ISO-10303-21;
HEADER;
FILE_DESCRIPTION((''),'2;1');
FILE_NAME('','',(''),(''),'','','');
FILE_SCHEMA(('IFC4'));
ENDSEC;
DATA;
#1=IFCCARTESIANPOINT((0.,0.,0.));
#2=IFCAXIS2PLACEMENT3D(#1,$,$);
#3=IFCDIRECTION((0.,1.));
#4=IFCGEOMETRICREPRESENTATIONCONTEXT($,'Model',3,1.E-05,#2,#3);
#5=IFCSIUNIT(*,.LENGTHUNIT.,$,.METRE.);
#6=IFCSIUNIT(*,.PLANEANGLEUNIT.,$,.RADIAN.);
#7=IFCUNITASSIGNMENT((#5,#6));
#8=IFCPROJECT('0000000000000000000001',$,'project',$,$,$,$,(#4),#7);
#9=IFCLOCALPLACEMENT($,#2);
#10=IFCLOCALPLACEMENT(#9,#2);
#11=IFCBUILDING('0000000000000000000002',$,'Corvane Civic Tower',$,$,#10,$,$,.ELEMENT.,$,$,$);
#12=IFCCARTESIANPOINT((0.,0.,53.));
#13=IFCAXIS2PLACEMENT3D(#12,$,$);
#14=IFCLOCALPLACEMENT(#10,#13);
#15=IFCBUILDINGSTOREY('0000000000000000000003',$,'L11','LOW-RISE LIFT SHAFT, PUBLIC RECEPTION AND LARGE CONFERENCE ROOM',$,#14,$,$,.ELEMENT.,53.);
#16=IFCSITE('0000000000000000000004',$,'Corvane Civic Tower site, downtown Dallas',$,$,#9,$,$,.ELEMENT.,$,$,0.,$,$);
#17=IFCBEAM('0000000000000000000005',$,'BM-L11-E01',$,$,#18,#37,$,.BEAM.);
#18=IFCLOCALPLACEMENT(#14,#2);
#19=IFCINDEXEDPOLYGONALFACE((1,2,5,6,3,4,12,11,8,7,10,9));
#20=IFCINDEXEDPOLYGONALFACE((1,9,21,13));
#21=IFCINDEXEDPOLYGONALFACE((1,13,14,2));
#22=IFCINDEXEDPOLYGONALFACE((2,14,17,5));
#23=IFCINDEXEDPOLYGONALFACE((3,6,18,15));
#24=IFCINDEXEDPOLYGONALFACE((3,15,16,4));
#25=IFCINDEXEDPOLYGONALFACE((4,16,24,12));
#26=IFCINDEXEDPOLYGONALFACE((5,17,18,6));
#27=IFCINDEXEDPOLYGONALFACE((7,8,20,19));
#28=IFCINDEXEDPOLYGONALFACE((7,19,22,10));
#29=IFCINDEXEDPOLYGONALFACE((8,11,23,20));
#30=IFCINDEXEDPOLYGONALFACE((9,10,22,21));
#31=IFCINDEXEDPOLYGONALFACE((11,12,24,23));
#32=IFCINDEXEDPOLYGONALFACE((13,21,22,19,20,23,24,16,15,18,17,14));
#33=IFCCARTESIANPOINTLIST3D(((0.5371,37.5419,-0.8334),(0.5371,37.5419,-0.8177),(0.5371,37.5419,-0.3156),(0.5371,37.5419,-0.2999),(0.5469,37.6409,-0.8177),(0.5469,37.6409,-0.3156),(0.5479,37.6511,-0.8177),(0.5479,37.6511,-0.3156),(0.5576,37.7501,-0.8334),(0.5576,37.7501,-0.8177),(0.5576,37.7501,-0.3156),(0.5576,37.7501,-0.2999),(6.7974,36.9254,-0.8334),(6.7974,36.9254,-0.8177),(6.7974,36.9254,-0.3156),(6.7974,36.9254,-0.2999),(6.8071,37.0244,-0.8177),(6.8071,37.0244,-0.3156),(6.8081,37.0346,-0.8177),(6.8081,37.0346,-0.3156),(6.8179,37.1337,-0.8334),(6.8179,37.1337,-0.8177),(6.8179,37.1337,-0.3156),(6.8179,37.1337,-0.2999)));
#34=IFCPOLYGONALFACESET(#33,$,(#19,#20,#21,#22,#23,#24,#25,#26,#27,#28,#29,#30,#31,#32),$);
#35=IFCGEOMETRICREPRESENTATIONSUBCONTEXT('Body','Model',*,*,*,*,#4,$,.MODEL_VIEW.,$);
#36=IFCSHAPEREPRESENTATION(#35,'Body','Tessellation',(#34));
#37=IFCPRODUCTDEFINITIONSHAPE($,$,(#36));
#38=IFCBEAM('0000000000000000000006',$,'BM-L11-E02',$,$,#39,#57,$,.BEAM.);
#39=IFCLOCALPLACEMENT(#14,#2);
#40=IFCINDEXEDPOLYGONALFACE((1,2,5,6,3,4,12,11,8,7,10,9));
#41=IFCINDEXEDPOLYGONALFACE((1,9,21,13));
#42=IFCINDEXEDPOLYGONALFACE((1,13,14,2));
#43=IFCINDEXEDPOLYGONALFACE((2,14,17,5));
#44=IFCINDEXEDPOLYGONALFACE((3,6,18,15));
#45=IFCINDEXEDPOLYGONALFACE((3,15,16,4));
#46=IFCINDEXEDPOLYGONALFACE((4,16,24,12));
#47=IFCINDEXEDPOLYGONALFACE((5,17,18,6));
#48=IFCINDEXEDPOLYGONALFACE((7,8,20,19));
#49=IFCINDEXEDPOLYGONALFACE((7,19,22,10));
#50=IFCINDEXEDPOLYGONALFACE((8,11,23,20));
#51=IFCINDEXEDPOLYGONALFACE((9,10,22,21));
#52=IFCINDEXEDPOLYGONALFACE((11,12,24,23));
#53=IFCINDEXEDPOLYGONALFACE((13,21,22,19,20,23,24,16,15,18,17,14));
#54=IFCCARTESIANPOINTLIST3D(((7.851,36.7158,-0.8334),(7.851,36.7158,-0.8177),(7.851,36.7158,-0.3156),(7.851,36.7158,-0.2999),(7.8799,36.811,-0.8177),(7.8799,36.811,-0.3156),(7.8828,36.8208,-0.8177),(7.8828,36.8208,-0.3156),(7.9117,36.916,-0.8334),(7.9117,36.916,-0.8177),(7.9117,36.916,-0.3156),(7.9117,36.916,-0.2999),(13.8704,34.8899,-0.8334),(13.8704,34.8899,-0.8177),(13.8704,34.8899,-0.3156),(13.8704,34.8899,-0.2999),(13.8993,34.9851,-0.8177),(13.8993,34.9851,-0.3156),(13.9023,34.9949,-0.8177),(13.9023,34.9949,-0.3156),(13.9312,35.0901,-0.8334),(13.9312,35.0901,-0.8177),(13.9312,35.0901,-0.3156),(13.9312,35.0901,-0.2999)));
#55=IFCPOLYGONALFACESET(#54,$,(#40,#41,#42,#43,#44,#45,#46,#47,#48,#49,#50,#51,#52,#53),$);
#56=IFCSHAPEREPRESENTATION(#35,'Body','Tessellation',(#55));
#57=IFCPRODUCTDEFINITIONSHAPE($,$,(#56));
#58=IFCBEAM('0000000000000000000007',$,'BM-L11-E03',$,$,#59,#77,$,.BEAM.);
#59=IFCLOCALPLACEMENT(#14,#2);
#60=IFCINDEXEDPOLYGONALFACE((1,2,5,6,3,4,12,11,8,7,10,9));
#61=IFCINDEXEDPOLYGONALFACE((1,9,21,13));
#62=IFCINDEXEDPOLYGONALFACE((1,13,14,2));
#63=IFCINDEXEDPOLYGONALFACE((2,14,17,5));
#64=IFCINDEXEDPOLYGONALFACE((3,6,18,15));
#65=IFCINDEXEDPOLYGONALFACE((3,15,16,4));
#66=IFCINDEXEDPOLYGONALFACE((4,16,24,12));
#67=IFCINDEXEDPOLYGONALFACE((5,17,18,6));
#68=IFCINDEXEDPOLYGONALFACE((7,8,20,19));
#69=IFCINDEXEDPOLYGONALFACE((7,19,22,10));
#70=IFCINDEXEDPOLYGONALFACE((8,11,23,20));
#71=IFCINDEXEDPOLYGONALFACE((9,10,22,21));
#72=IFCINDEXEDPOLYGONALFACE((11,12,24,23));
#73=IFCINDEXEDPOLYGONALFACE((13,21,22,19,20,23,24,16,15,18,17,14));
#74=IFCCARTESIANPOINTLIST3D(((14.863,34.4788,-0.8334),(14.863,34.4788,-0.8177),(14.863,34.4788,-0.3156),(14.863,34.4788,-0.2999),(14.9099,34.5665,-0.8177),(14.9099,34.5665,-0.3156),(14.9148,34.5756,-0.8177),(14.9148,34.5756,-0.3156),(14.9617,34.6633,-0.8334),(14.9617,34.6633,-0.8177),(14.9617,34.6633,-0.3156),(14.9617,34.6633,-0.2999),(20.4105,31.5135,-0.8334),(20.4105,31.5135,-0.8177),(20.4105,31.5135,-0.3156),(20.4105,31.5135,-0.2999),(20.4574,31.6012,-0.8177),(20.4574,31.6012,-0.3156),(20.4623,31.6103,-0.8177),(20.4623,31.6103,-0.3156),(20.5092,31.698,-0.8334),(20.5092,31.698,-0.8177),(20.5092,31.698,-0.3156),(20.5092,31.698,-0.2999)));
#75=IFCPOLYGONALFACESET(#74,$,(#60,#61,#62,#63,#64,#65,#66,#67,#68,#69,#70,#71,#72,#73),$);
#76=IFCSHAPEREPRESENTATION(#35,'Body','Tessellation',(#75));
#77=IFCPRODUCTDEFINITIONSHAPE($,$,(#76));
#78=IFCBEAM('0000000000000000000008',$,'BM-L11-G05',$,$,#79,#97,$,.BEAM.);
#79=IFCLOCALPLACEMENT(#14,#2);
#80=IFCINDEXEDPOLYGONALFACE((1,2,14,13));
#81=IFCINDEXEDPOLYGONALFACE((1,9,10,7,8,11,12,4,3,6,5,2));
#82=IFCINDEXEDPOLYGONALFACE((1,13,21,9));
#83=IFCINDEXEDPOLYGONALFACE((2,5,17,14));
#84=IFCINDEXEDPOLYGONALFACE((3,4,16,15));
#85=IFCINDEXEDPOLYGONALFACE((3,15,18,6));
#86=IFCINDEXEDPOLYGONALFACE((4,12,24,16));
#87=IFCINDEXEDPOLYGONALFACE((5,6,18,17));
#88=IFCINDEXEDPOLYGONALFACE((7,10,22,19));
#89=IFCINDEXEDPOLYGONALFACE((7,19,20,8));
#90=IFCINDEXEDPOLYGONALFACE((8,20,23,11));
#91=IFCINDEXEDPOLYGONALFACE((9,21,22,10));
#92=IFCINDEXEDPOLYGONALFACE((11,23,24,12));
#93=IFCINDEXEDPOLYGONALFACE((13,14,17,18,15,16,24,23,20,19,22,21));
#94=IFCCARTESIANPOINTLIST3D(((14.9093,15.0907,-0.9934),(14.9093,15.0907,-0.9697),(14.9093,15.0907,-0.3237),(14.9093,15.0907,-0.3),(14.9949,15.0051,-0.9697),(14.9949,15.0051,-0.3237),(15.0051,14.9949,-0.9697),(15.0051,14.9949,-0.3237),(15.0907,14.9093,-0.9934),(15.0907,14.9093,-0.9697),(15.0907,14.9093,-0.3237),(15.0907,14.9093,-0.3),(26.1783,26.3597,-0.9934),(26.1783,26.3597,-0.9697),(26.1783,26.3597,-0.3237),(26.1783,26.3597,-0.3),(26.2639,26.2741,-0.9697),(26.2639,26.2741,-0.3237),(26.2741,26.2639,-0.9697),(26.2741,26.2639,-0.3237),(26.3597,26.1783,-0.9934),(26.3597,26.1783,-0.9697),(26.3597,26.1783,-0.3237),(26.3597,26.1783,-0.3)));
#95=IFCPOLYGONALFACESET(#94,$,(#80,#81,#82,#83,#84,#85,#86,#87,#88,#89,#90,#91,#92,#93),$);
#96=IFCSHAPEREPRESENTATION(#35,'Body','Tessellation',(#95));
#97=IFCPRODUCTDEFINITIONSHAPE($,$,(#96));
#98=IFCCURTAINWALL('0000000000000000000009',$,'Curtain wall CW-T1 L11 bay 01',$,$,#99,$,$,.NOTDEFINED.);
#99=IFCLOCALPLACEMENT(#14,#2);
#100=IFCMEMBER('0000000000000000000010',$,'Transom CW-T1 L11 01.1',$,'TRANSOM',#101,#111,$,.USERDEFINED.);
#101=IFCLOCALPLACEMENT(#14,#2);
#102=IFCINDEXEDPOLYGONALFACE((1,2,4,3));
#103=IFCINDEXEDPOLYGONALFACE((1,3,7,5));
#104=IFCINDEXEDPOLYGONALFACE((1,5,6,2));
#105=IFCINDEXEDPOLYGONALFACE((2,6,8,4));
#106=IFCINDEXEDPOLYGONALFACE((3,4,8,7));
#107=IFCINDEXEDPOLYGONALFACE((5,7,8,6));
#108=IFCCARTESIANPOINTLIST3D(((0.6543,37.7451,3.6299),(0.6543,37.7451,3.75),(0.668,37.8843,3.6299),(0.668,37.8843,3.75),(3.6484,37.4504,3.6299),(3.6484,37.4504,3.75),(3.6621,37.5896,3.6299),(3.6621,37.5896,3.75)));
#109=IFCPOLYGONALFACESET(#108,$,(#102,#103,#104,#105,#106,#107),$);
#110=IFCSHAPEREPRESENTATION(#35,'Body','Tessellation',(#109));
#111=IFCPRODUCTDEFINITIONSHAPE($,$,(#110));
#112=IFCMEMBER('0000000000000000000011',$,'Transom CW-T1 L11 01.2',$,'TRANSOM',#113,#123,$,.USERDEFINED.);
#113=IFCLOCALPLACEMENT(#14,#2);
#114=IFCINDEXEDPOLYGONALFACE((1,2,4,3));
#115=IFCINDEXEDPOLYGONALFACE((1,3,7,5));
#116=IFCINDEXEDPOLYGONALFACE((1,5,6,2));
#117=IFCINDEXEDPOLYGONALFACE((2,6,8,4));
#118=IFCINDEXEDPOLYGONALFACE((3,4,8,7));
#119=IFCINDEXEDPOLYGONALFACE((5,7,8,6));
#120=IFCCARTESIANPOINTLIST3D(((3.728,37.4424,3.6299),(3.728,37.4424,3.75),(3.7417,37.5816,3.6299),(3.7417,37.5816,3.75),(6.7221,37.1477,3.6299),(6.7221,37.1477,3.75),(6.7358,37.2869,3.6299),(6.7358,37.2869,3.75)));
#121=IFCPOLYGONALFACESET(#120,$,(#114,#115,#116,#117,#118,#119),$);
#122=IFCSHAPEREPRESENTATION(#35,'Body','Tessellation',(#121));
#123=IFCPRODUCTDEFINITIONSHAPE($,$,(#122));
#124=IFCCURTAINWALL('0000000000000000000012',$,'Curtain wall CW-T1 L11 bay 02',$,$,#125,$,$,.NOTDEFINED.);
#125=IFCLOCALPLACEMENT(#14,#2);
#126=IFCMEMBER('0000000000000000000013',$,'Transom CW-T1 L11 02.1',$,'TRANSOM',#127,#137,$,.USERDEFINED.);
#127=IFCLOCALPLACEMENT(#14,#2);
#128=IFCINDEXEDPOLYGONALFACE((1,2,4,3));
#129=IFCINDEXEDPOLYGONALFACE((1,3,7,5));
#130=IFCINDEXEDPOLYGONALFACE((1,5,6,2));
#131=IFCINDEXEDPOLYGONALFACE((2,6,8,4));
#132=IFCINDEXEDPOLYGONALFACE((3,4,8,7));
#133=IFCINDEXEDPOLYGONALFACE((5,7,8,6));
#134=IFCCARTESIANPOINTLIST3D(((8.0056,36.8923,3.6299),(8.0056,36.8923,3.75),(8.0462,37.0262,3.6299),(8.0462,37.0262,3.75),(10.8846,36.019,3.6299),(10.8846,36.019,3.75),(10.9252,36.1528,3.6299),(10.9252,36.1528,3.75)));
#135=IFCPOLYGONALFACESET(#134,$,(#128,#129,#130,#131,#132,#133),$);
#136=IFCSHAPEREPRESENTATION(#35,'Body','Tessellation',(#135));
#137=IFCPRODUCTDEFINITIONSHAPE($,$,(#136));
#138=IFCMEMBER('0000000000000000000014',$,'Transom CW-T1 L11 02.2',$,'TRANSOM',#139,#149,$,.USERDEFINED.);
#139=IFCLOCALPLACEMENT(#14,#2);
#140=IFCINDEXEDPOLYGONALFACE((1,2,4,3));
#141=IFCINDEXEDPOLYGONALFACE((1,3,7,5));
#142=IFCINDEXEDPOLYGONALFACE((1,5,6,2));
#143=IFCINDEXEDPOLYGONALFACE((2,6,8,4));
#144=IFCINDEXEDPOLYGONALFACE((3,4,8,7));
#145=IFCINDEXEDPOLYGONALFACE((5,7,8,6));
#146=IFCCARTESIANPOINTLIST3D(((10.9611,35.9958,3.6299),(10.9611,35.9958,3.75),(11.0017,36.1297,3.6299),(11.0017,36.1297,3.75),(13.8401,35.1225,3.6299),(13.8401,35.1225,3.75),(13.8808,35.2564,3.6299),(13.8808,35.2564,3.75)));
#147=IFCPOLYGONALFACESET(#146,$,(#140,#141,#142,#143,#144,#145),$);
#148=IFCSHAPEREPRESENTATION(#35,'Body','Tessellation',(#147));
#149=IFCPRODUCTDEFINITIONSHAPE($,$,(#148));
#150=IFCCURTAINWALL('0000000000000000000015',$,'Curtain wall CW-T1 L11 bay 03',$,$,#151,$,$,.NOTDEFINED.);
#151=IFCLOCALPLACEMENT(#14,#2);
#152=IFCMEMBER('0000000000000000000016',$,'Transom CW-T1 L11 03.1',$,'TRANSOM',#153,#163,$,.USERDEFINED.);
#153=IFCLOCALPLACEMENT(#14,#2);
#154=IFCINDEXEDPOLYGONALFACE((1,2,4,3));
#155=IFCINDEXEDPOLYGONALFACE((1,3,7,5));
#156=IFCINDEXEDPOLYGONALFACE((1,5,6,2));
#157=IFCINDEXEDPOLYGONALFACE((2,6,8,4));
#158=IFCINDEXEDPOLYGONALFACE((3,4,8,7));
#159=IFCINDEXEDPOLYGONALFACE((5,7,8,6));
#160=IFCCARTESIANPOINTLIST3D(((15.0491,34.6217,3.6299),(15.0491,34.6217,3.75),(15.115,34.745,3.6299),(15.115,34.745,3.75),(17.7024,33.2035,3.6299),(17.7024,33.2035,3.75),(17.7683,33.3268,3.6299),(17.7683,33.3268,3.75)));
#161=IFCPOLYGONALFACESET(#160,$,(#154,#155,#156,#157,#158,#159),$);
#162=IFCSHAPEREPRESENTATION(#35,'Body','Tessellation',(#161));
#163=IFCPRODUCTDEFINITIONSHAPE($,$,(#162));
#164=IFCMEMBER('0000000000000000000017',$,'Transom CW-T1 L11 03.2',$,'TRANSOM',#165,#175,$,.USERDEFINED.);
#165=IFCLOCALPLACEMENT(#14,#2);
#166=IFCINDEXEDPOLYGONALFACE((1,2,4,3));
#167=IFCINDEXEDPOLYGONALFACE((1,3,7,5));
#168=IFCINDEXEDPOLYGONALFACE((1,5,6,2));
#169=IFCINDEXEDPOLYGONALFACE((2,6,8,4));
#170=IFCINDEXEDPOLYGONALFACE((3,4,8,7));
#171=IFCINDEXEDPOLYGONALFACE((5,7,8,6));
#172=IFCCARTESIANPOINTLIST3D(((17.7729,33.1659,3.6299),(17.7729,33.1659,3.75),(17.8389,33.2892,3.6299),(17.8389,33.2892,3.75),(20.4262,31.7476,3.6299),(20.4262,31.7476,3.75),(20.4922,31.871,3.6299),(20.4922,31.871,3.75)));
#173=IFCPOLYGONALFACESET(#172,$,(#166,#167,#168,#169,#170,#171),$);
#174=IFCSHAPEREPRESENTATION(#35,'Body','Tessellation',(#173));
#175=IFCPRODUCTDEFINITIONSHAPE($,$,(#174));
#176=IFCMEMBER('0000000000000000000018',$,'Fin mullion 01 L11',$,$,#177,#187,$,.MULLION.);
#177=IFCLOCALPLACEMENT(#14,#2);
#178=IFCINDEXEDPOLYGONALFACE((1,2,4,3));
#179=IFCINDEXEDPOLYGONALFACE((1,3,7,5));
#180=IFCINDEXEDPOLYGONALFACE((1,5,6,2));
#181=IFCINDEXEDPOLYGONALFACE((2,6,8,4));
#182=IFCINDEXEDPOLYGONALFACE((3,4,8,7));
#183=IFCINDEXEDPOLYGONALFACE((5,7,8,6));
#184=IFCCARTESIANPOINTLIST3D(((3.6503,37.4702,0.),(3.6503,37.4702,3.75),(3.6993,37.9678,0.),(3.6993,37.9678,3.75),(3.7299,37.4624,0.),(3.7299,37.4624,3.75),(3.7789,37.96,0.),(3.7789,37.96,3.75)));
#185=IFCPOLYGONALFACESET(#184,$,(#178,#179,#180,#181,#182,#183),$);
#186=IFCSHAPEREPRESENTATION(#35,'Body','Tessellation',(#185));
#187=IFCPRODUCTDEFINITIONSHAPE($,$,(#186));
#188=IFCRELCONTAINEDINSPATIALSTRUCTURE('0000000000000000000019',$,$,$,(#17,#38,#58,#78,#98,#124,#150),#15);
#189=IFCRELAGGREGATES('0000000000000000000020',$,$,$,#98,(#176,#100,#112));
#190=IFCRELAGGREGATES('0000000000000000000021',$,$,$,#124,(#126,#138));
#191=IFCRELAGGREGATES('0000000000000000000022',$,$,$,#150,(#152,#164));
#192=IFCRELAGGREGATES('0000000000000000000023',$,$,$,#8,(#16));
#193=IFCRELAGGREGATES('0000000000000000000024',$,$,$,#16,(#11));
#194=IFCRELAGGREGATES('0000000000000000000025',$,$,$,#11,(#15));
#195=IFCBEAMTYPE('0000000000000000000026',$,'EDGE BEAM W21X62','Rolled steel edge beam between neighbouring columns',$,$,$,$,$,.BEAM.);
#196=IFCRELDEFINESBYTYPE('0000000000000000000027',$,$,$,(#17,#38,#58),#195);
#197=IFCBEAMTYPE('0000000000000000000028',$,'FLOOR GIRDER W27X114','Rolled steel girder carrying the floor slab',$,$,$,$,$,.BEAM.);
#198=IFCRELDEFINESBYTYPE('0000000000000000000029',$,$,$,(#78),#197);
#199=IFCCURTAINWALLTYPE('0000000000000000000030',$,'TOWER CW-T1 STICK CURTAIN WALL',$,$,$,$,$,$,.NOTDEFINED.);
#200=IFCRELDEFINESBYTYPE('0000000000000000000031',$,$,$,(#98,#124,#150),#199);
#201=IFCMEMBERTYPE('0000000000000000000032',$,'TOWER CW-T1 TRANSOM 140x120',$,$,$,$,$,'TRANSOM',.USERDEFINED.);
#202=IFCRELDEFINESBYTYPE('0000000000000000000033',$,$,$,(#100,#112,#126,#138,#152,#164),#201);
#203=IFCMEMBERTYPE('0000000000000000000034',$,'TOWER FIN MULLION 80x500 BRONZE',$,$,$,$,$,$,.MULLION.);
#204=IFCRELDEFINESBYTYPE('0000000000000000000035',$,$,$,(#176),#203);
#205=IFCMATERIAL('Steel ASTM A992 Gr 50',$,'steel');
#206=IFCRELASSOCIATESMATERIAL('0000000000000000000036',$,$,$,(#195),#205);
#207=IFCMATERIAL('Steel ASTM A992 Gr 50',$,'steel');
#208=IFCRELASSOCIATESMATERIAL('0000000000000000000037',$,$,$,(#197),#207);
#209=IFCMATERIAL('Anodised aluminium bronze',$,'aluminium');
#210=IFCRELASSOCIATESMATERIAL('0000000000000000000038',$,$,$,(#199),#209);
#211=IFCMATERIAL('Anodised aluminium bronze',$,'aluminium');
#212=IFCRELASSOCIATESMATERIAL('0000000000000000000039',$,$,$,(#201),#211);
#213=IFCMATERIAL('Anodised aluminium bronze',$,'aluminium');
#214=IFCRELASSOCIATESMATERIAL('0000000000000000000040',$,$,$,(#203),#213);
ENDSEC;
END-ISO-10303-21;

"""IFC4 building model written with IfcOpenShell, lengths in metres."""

from ifc_helpers import new_model, si_unit, direction, frame, origin, origin_2d, place, context, subcontext, project, spatial, rectangle, i_section, extrude, material, material_profile, profile_set, type_object, element, aggregate, save


model = new_model("IFC4")

# Units and contexts
model_context = context("Model", 3, precision=1e-05, world=origin(), true_north=direction((0.0, 1.0)))
body_context = subcontext(model_context, "Body", "Model", "MODEL_VIEW")
ifc_project = project(units=[si_unit("LENGTHUNIT", "METRE"), si_unit("PLANEANGLEUNIT", "RADIAN")], contexts=[model_context])

# Site, building, storey
site_placement = place(None, origin())
site = spatial("IfcSite", under=ifc_project, at=site_placement, Name="Corvane Civic Tower site, downtown Dallas", CompositionType="ELEMENT", RefElevation=0.0)
building_placement = place(site_placement, origin())
building = spatial("IfcBuilding", under=site, at=building_placement, Name="Corvane Civic Tower", CompositionType="ELEMENT")
storey_placement = place(building_placement, frame((0.0, 0.0, 53.0)))
storey = spatial("IfcBuildingStorey", under=building, at=storey_placement, Name="L11", Description="LOW-RISE LIFT SHAFT, PUBLIC RECEPTION AND LARGE CONFERENCE ROOM", CompositionType="ELEMENT", Elevation=53.0)

# Beams
ifc_material_1 = material(Name="Steel ASTM A992 Gr 50", Category="steel")
ifc_material_profile_1 = material_profile(ifc_material_1, i_section(OverallWidth=0.2092, OverallDepth=0.5334, WebThickness=0.0103, FlangeThickness=0.0156, at=origin_2d()), Name="W21X62")
ifc_profile_set_1 = profile_set([ifc_material_profile_1], Name="Steel ASTM A992 Gr 50")
beam_type_1 = type_object("IfcBeamType", Name="EDGE BEAM W21X62", Description="Rolled steel edge beam between neighbouring columns", PredefinedType="BEAM", material=ifc_profile_set_1)
beam_1_placement = place(storey_placement, frame((0.5474, 37.646, -0.5667), z_axis=(0.995187, -0.097997, 0.0), x_axis=(0.097997, 0.995187, 0.0)))
element("IfcBeam", 1, at=beam_1_placement, inside=storey, type_object=beam_type_1, Name="BM-L11-E01", PredefinedType="BEAM", context=body_context, shape_type="SweptSolid", body=[
    extrude(i_section(OverallWidth=0.2092, OverallDepth=0.5334, WebThickness=0.0103, FlangeThickness=0.0156, at=origin_2d()), origin(), (0.0, 0.0, 1.0), 6.2905),
])
for number, where, z_axis, x_axis, name in (
    (2, (7.8813, 36.8159, -0.5667), (0.956944, -0.290273, 0.0), (0.290273, 0.956944, 0.0), "BM-L11-E02"),
    (3, (14.9124, 34.571, -0.5667), (0.881916, -0.471406, 0.0), (0.471406, 0.881916, 0.0), "BM-L11-E03"),
):
    element("IfcBeam", number, at=place(storey_placement, frame(where, z_axis=z_axis, x_axis=x_axis)), inside=storey, type_object=beam_type_1, Name=name, PredefinedType="BEAM", context=body_context, shape_type="SweptSolid", body=[
        extrude(i_section(OverallWidth=0.2092, OverallDepth=0.5334, WebThickness=0.0103, FlangeThickness=0.0156, at=origin_2d()), origin(), (0.0, 0.0, 1.0), 6.2903),
    ])
ifc_material_2 = material(Name="Steel ASTM A992 Gr 50", Category="steel")
ifc_material_profile_2 = material_profile(ifc_material_2, i_section(OverallWidth=0.2566, OverallDepth=0.6934, WebThickness=0.0144, FlangeThickness=0.0237, at=origin_2d()), Name="W27X114")
ifc_profile_set_2 = profile_set([ifc_material_profile_2], Name="Steel ASTM A992 Gr 50")
beam_type_2 = type_object("IfcBeamType", Name="FLOOR GIRDER W27X114", Description="Rolled steel girder carrying the floor slab", PredefinedType="BEAM", material=ifc_profile_set_2)
beam_2_placement = place(storey_placement, frame((15.0, 15.0, -0.6467), z_axis=(0.707107, 0.707107, 0.0), x_axis=(-0.707107, 0.707107, 0.0)))
element("IfcBeam", 4, at=beam_2_placement, inside=storey, type_object=beam_type_2, Name="BM-L11-G05", PredefinedType="BEAM", context=body_context, shape_type="SweptSolid", body=[
    extrude(i_section(OverallWidth=0.2566, OverallDepth=0.6934, WebThickness=0.0144, FlangeThickness=0.0237, at=origin_2d()), origin(), (0.0, 0.0, 1.0), 15.9368),
])

# Curtain walls, members
ifc_material_3 = material(Name="Anodised aluminium bronze", Category="aluminium")
curtain_wall_type = type_object("IfcCurtainWallType", Name="TOWER CW-T1 STICK CURTAIN WALL", PredefinedType="NOTDEFINED", material=ifc_material_3)
curtain_wall_1_placement = place(storey_placement, origin())
curtain_wall_1 = element("IfcCurtainWall", 5, at=curtain_wall_1_placement, inside=storey, type_object=curtain_wall_type, Name="Curtain wall CW-T1 L11 bay 01", PredefinedType="NOTDEFINED")
ifc_material_4 = material(Name="Anodised aluminium bronze", Category="aluminium")
ifc_material_profile_3 = material_profile(ifc_material_4, rectangle(XDim=0.1399, YDim=0.1201, at=origin_2d()), Name="TOWER CW-T1 TRANSOM 140x120")
ifc_profile_set_3 = profile_set([ifc_material_profile_3], Name="Anodised aluminium bronze")
member_type_1 = type_object("IfcMemberType", Name="TOWER CW-T1 TRANSOM 140x120", ElementType="TRANSOM", PredefinedType="USERDEFINED", material=ifc_profile_set_3)
member_1_placement = place(storey_placement, frame((0.6611, 37.8147, 3.6899), z_axis=(0.995192, -0.097945, 0.0), x_axis=(0.097945, 0.995192, 0.0)))
member_1 = element("IfcMember", 6, at=member_1_placement, type_object=member_type_1, Name="Transom CW-T1 L11 01.1", ObjectType="TRANSOM", PredefinedType="USERDEFINED", context=body_context, shape_type="SweptSolid", body=[
    extrude(rectangle(XDim=0.1399, YDim=0.1201, at=origin_2d()), origin(), (0.0, 0.0, 1.0), 3.0085),
])
member_2_placement = place(storey_placement, frame((3.7349, 37.512, 3.6899), z_axis=(0.995192, -0.097945, 0.0), x_axis=(0.097945, 0.995192, 0.0)))
member_2 = element("IfcMember", 7, at=member_2_placement, type_object=member_type_1, Name="Transom CW-T1 L11 01.2", ObjectType="TRANSOM", PredefinedType="USERDEFINED", context=body_context, shape_type="SweptSolid", body=[
    extrude(rectangle(XDim=0.1399, YDim=0.1201, at=origin_2d()), origin(), (0.0, 0.0, 1.0), 3.0085),
])
curtain_wall_2_placement = place(storey_placement, origin())
curtain_wall_2 = element("IfcCurtainWall", 8, at=curtain_wall_2_placement, inside=storey, type_object=curtain_wall_type, Name="Curtain wall CW-T1 L11 bay 02", PredefinedType="NOTDEFINED")
member_3_placement = place(storey_placement, frame((8.0259, 36.9592, 3.6899), z_axis=(0.956942, -0.29028, 0.0), x_axis=(0.29028, 0.956942, 0.0)))
member_3 = element("IfcMember", 9, at=member_3_placement, type_object=member_type_1, Name="Transom CW-T1 L11 02.1", ObjectType="TRANSOM", PredefinedType="USERDEFINED", context=body_context, shape_type="SweptSolid", body=[
    extrude(rectangle(XDim=0.1399, YDim=0.1201, at=origin_2d()), origin(), (0.0, 0.0, 1.0), 3.0085),
])
member_4_placement = place(storey_placement, frame((10.9814, 36.0627, 3.6899), z_axis=(0.956942, -0.29028, 0.0), x_axis=(0.29028, 0.956942, 0.0)))
member_4 = element("IfcMember", 10, at=member_4_placement, type_object=member_type_1, Name="Transom CW-T1 L11 02.2", ObjectType="TRANSOM", PredefinedType="USERDEFINED", context=body_context, shape_type="SweptSolid", body=[
    extrude(rectangle(XDim=0.1399, YDim=0.1201, at=origin_2d()), origin(), (0.0, 0.0, 1.0), 3.0085),
])
curtain_wall_3_placement = place(storey_placement, origin())
curtain_wall_3 = element("IfcCurtainWall", 11, at=curtain_wall_3_placement, inside=storey, type_object=curtain_wall_type, Name="Curtain wall CW-T1 L11 bay 03", PredefinedType="NOTDEFINED")
member_5_placement = place(storey_placement, frame((15.082, 34.6833, 3.6899), z_axis=(0.881924, -0.471393, 0.0), x_axis=(0.471393, 0.881924, 0.0)))
member_5 = element("IfcMember", 12, at=member_5_placement, type_object=member_type_1, Name="Transom CW-T1 L11 03.1", ObjectType="TRANSOM", PredefinedType="USERDEFINED", context=body_context, shape_type="SweptSolid", body=[
    extrude(rectangle(XDim=0.1399, YDim=0.1201, at=origin_2d()), origin(), (0.0, 0.0, 1.0), 3.0085),
])
member_6_placement = place(storey_placement, frame((17.8059, 33.2275, 3.6899), z_axis=(0.881924, -0.471393, 0.0), x_axis=(0.471393, 0.881924, 0.0)))
member_6 = element("IfcMember", 13, at=member_6_placement, type_object=member_type_1, Name="Transom CW-T1 L11 03.2", ObjectType="TRANSOM", PredefinedType="USERDEFINED", context=body_context, shape_type="SweptSolid", body=[
    extrude(rectangle(XDim=0.1399, YDim=0.1201, at=origin_2d()), origin(), (0.0, 0.0, 1.0), 3.0085),
])

# Member
ifc_material_5 = material(Name="Anodised aluminium bronze", Category="aluminium")
ifc_material_profile_4 = material_profile(ifc_material_5, rectangle(XDim=0.0801, YDim=0.5, at=origin_2d()), Name="TOWER FIN MULLION 80x500 BRONZE")
ifc_profile_set_4 = profile_set([ifc_material_profile_4], Name="Anodised aluminium bronze")
member_type_2 = type_object("IfcMemberType", Name="TOWER FIN MULLION 80x500 BRONZE", PredefinedType="MULLION", material=ifc_profile_set_4)
member_7_placement = place(storey_placement, frame((3.7146, 37.7151, 0.0), z_axis=(0.0, 0.0, 1.0), x_axis=(0.995186, -0.098006, 0.0)))
member_7 = element("IfcMember", 14, at=member_7_placement, type_object=member_type_2, Name="Fin mullion 01 L11", PredefinedType="MULLION", context=body_context, shape_type="SweptSolid", body=[
    extrude(rectangle(XDim=0.0801, YDim=0.5, at=origin_2d()), origin(), (0.0, 0.0, 1.0), 3.75),
])

aggregate(curtain_wall_1, [member_7, member_1, member_2])
aggregate(curtain_wall_2, [member_3, member_4])
aggregate(curtain_wall_3, [member_5, member_6])

save(model, "model.ifc")
